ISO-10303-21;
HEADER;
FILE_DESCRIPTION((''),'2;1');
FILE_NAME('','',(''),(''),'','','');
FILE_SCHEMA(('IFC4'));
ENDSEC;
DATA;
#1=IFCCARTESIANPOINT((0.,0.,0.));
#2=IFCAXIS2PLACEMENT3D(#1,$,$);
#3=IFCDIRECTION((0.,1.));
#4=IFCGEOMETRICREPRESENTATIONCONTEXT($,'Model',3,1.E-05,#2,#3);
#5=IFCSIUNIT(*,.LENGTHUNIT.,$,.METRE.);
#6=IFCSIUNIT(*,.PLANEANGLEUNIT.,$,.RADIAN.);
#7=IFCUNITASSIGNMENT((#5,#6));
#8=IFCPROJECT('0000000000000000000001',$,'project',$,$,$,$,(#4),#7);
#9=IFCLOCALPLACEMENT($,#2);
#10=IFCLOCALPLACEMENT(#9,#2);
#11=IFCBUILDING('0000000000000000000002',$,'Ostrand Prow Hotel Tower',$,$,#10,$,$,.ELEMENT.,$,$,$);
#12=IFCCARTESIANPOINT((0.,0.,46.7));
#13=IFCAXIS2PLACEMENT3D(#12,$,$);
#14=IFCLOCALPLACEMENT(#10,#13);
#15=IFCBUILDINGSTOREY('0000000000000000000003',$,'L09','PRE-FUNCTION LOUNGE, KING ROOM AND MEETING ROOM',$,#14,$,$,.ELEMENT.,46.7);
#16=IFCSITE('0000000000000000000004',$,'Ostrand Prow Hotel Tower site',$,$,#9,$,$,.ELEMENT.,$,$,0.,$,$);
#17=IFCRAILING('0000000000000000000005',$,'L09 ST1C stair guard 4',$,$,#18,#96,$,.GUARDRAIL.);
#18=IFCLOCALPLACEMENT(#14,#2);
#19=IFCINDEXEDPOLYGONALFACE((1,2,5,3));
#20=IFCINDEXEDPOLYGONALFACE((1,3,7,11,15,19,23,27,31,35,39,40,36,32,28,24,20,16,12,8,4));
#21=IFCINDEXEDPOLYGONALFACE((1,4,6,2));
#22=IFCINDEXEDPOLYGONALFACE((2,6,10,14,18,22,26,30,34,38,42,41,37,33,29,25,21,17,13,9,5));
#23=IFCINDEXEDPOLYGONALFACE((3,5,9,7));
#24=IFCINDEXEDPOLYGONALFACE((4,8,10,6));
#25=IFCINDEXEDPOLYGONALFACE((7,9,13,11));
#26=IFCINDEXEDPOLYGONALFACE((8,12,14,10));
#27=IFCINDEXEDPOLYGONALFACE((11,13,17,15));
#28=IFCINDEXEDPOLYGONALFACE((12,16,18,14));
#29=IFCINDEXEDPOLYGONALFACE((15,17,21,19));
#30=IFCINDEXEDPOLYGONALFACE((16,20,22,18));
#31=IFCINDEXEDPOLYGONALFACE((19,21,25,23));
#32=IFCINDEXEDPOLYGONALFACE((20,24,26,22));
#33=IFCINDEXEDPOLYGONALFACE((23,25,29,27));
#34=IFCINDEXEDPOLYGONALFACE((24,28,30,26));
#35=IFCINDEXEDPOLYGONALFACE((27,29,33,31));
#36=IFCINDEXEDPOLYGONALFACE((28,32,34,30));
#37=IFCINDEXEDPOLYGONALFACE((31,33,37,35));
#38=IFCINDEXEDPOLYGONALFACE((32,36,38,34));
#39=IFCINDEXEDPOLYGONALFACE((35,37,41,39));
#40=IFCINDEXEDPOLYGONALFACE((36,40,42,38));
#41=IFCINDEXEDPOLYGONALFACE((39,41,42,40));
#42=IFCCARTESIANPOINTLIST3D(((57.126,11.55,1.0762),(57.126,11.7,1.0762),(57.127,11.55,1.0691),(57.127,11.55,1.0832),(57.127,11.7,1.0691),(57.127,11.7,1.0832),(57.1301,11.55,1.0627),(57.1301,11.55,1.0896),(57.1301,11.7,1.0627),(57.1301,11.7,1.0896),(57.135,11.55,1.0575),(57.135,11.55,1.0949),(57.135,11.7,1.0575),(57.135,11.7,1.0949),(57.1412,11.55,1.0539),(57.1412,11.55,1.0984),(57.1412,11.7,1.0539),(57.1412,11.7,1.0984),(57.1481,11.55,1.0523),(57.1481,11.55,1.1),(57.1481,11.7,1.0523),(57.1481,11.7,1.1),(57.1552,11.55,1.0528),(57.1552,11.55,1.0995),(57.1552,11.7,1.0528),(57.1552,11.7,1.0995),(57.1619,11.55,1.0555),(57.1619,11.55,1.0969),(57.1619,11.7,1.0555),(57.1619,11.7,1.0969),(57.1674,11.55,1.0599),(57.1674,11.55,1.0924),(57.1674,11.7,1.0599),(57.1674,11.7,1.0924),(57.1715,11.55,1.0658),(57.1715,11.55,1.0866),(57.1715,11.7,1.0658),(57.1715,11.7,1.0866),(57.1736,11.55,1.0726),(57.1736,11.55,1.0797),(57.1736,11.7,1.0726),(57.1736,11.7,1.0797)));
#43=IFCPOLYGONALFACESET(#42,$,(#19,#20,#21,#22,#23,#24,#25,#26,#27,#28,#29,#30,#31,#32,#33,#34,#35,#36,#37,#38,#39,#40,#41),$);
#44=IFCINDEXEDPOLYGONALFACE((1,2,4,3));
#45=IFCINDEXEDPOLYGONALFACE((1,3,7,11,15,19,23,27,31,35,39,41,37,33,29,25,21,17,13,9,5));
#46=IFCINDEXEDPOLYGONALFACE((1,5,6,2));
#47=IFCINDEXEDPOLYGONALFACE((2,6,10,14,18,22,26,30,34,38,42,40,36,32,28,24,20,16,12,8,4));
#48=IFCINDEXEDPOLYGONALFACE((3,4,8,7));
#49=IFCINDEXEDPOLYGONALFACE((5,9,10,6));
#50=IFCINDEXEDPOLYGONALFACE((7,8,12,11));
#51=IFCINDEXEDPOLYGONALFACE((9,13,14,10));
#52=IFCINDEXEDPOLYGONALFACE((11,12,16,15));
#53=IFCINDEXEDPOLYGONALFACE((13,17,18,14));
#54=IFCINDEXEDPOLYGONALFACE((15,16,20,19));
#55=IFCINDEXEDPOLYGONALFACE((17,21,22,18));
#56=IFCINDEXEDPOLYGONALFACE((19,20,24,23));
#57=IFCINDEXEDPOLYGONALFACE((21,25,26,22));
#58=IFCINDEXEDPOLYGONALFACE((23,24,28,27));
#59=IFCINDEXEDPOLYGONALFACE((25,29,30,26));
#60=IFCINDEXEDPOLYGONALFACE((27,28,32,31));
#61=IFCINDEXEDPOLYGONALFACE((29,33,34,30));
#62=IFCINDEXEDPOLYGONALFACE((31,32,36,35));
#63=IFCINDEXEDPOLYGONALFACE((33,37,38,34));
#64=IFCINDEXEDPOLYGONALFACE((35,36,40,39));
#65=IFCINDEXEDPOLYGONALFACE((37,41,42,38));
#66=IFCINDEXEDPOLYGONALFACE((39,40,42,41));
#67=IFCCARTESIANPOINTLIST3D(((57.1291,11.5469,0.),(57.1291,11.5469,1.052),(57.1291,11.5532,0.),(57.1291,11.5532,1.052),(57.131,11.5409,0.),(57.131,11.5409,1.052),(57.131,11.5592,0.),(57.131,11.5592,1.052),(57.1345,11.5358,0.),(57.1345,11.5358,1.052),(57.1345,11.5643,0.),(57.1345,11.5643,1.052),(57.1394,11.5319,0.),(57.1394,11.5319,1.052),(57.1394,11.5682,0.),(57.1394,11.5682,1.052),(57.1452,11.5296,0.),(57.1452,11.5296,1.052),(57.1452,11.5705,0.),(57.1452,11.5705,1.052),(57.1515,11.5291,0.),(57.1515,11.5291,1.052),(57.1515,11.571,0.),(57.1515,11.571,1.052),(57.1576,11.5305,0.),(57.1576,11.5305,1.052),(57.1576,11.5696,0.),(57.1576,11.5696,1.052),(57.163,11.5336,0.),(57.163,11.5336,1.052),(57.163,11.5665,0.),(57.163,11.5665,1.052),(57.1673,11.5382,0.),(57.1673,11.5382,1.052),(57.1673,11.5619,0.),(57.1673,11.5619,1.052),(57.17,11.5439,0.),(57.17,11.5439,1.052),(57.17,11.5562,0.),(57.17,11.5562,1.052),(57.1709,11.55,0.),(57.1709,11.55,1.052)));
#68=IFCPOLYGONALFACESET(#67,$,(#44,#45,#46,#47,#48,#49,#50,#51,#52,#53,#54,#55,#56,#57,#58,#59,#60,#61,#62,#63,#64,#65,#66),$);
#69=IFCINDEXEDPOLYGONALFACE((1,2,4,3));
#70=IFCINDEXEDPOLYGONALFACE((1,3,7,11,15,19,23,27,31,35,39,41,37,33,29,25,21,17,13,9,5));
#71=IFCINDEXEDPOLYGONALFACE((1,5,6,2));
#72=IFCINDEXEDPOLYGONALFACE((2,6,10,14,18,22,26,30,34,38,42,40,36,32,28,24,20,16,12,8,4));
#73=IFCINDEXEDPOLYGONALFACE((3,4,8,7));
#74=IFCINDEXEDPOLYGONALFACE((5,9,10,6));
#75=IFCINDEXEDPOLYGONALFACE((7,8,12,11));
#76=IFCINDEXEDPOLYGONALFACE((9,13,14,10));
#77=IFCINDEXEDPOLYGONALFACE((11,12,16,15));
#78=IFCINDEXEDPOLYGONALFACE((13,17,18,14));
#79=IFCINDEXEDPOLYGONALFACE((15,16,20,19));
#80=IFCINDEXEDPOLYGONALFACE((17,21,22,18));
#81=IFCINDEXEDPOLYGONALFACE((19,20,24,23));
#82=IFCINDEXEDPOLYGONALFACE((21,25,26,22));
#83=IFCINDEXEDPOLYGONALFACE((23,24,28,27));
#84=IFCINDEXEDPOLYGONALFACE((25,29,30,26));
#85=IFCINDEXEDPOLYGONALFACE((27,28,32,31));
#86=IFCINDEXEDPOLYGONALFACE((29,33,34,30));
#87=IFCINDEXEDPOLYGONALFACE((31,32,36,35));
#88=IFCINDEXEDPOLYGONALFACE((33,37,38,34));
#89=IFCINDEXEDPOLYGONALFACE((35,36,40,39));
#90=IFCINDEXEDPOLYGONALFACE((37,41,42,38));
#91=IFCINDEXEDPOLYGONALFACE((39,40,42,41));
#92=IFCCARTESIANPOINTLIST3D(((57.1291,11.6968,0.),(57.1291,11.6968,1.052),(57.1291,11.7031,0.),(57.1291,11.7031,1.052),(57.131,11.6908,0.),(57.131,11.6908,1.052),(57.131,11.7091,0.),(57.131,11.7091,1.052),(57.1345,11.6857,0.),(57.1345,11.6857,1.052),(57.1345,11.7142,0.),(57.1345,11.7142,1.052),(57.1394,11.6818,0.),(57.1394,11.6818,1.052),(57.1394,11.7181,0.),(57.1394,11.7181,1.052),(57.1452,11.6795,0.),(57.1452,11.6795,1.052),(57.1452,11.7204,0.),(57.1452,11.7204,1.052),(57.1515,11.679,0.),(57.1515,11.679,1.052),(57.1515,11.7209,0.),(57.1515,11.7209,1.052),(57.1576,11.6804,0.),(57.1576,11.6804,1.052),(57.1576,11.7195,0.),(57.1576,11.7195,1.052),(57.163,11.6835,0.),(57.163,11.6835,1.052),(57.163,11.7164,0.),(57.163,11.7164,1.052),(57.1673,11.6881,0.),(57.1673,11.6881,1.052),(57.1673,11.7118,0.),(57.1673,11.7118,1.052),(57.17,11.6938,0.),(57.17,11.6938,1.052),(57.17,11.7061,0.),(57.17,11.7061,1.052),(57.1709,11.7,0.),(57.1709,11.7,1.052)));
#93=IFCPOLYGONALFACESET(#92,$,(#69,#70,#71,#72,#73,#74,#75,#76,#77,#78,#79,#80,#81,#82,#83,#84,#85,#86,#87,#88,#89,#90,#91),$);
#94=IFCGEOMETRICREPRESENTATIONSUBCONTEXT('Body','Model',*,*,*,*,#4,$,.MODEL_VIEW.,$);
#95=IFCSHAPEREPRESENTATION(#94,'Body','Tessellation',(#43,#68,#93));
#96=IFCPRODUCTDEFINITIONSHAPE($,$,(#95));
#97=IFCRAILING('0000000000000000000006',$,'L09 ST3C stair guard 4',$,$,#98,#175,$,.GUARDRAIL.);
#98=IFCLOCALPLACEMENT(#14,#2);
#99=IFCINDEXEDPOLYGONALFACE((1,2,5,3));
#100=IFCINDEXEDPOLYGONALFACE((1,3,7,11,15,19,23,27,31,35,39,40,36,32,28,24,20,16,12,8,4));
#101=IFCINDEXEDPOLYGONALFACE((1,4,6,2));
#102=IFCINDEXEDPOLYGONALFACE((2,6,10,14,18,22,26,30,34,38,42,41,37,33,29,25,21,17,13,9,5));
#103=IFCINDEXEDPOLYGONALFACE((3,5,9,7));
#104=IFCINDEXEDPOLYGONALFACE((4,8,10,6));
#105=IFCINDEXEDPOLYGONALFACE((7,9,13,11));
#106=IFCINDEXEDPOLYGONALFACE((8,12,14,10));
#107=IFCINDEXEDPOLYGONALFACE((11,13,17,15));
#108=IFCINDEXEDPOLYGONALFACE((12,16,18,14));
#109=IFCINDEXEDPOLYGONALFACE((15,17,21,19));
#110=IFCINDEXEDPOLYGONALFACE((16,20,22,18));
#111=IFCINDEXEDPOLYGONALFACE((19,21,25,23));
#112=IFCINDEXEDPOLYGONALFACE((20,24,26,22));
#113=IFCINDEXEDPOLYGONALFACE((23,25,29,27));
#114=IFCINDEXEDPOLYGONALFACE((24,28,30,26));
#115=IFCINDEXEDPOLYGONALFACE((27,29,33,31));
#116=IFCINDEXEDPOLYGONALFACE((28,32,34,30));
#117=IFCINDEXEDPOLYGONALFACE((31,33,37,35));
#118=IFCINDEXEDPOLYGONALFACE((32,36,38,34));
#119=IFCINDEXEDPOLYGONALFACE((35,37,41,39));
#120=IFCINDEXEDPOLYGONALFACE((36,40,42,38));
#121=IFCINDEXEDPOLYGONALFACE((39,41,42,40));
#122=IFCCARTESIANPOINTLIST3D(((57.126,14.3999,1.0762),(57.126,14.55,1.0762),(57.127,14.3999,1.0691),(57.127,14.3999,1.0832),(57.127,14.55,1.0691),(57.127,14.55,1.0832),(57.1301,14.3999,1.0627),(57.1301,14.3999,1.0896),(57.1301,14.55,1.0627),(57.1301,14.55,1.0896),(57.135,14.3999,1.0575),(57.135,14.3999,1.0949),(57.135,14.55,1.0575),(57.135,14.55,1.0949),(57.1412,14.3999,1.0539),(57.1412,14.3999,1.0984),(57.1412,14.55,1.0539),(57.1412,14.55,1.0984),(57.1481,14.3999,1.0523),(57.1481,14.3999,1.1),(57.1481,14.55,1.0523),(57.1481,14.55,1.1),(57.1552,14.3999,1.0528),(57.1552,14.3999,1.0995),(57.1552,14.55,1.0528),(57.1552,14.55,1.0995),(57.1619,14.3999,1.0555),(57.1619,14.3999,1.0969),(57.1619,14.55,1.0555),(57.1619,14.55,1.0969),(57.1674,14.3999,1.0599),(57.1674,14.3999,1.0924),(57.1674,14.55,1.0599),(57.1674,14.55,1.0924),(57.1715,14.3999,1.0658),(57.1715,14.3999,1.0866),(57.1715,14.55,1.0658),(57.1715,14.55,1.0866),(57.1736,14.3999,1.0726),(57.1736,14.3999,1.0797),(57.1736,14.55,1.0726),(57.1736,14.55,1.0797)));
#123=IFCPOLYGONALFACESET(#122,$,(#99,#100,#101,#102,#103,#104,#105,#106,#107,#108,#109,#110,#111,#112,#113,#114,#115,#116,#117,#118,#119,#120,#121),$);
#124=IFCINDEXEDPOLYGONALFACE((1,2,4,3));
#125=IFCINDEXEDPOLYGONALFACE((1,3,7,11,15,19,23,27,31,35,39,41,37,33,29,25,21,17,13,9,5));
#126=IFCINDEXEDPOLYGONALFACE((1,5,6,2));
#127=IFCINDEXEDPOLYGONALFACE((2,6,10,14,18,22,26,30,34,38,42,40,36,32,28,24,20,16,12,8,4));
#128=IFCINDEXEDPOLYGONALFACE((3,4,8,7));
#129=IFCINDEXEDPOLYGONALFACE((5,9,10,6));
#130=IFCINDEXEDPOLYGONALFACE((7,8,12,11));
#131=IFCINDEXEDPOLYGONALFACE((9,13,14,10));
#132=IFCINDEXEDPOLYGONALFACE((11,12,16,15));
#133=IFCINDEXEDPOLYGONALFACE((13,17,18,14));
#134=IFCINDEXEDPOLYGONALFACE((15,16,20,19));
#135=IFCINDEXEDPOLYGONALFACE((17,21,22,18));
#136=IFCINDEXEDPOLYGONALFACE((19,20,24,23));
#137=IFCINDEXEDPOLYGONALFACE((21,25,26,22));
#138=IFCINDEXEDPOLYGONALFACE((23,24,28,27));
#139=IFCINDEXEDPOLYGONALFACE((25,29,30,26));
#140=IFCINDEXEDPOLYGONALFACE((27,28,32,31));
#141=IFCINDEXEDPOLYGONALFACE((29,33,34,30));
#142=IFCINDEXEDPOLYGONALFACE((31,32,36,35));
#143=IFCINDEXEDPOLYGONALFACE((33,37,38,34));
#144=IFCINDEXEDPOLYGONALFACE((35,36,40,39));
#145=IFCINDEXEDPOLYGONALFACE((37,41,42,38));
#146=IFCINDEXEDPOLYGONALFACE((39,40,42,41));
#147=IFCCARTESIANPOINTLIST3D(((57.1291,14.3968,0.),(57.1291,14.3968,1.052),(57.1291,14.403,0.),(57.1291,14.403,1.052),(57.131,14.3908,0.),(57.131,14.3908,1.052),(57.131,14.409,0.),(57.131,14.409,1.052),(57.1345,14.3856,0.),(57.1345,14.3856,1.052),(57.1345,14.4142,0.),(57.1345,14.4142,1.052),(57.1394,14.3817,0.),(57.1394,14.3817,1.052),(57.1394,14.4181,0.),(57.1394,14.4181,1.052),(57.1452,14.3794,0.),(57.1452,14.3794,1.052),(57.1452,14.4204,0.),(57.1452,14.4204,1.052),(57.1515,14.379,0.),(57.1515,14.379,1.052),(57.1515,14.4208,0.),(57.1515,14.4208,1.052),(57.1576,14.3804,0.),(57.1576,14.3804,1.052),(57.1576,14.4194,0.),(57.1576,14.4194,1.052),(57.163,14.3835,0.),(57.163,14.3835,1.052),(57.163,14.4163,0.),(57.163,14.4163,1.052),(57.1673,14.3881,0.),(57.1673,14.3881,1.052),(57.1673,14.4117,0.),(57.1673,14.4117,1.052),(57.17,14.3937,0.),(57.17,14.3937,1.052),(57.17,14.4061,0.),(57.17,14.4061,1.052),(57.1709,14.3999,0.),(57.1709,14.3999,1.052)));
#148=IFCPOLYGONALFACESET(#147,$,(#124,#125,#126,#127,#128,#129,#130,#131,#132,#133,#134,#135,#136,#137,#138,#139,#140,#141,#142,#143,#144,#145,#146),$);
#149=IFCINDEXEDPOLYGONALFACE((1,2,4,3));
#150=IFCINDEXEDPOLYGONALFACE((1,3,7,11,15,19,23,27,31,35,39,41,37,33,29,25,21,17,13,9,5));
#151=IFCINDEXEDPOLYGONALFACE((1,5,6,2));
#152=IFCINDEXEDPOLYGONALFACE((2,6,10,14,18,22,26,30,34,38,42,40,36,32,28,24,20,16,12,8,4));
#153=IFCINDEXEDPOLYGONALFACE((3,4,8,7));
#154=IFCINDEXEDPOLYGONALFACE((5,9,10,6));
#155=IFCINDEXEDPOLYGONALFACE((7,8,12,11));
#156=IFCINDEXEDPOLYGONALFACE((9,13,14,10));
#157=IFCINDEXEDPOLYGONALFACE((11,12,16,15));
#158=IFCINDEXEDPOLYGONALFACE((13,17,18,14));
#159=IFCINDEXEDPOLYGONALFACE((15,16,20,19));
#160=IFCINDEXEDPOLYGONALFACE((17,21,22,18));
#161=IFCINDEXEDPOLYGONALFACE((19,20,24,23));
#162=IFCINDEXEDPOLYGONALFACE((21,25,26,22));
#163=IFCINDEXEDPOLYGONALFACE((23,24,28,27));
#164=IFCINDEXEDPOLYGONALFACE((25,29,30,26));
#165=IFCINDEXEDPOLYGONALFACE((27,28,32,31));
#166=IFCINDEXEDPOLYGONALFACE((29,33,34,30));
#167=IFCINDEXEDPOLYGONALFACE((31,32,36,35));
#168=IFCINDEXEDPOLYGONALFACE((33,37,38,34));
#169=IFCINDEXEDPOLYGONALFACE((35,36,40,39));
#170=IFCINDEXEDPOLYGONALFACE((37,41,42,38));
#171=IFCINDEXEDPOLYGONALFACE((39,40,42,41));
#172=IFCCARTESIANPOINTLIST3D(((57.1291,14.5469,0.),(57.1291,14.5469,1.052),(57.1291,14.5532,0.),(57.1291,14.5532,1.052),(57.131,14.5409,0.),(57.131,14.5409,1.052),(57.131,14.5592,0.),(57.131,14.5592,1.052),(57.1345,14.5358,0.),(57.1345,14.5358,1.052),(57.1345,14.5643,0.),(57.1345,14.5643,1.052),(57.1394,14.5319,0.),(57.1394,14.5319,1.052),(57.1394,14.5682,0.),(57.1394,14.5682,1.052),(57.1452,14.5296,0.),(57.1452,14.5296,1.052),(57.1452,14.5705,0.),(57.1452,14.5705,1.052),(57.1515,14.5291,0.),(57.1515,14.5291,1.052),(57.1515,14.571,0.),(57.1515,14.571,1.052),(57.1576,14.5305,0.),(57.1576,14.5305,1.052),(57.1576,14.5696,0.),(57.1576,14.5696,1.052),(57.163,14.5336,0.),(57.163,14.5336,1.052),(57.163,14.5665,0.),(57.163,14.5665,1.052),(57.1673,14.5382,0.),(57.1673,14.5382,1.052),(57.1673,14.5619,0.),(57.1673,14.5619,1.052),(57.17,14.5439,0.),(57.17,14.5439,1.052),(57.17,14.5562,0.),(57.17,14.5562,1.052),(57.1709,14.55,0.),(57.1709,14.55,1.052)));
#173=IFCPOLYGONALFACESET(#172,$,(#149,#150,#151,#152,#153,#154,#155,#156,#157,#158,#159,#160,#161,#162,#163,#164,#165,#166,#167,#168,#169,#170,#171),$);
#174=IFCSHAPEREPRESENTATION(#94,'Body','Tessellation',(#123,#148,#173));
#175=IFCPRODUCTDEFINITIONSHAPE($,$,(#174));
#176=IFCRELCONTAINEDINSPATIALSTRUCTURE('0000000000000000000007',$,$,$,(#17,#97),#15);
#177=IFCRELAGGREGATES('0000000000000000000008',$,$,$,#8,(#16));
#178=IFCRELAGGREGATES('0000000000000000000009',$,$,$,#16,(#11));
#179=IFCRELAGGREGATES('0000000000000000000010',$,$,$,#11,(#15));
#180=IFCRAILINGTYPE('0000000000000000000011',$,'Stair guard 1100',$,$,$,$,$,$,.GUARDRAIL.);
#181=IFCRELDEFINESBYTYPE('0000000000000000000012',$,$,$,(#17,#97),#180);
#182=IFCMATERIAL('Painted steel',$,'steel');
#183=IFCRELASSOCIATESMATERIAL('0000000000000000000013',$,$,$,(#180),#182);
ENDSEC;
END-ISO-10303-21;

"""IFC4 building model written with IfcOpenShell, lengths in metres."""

from ifc_helpers import new_model, si_unit, direction, frame, origin, origin_2d, place, context, subcontext, project, spatial, circle, extrude, material, type_object, element, save


model = new_model("IFC4")

# Units and contexts
model_context = context("Model", 3, precision=1e-05, world=origin(), true_north=direction((0.0, 1.0)))
body_context = subcontext(model_context, "Body", "Model", "MODEL_VIEW")
ifc_project = project(units=[si_unit("LENGTHUNIT", "METRE"), si_unit("PLANEANGLEUNIT", "RADIAN")], contexts=[model_context])

# Site, building, storey
site_placement = place(None, origin())
site = spatial("IfcSite", under=ifc_project, at=site_placement, Name="Ostrand Prow Hotel Tower site", CompositionType="ELEMENT", RefElevation=0.0)
building_placement = place(site_placement, origin())
building = spatial("IfcBuilding", under=site, at=building_placement, Name="Ostrand Prow Hotel Tower", CompositionType="ELEMENT")
storey_placement = place(building_placement, frame((0.0, 0.0, 46.7)))
storey = spatial("IfcBuildingStorey", under=building, at=storey_placement, Name="L09", Description="PRE-FUNCTION LOUNGE, KING ROOM AND MEETING ROOM", CompositionType="ELEMENT", Elevation=46.7)

# Railings
ifc_material_1 = material(Name="Painted steel", Category="steel")
railing_type_1 = type_object("IfcRailingType", Name="Stair guard 1100", PredefinedType="GUARDRAIL", material=ifc_material_1)
railing_1_placement = place(storey_placement, frame((57.1499, 11.55, 0.0)))
element("IfcRailing", 1, at=railing_1_placement, inside=storey, type_object=railing_type_1, Name="L09 ST1C stair guard 4", PredefinedType="GUARDRAIL", context=body_context, shape_type="SweptSolid", body=[
    extrude(circle(Radius=0.0239, at=origin_2d()), frame((0.0, 0.0, 1.0762), z_axis=(0.0, 1.0, 0.0), x_axis=(-1.0, 0.0, 0.0)), (0.0, 0.0, 1.0), 0.1499),
    extrude(circle(Radius=0.021, at=origin_2d()), origin(), (0.0, 0.0, 1.0), 1.052),
    extrude(circle(Radius=0.021, at=origin_2d()), frame((0.0, 0.1499, 0.0)), (0.0, 0.0, 1.0), 1.052),
])
railing_2_placement = place(storey_placement, frame((57.1499, 14.3999, 0.0)))
element("IfcRailing", 2, at=railing_2_placement, inside=storey, type_object=railing_type_1, Name="L09 ST3C stair guard 4", PredefinedType="GUARDRAIL", context=body_context, shape_type="SweptSolid", body=[
    extrude(circle(Radius=0.0239, at=origin_2d()), frame((0.0, 0.0, 1.0762), z_axis=(0.0, 1.0, 0.0), x_axis=(-1.0, 0.0, 0.0)), (0.0, 0.0, 1.0), 0.1501),
    extrude(circle(Radius=0.021, at=origin_2d()), origin(), (0.0, 0.0, 1.0), 1.052),
    extrude(circle(Radius=0.021, at=origin_2d()), frame((0.0, 0.1501, 0.0)), (0.0, 0.0, 1.0), 1.052),
])

save(model, "model.ifc")
